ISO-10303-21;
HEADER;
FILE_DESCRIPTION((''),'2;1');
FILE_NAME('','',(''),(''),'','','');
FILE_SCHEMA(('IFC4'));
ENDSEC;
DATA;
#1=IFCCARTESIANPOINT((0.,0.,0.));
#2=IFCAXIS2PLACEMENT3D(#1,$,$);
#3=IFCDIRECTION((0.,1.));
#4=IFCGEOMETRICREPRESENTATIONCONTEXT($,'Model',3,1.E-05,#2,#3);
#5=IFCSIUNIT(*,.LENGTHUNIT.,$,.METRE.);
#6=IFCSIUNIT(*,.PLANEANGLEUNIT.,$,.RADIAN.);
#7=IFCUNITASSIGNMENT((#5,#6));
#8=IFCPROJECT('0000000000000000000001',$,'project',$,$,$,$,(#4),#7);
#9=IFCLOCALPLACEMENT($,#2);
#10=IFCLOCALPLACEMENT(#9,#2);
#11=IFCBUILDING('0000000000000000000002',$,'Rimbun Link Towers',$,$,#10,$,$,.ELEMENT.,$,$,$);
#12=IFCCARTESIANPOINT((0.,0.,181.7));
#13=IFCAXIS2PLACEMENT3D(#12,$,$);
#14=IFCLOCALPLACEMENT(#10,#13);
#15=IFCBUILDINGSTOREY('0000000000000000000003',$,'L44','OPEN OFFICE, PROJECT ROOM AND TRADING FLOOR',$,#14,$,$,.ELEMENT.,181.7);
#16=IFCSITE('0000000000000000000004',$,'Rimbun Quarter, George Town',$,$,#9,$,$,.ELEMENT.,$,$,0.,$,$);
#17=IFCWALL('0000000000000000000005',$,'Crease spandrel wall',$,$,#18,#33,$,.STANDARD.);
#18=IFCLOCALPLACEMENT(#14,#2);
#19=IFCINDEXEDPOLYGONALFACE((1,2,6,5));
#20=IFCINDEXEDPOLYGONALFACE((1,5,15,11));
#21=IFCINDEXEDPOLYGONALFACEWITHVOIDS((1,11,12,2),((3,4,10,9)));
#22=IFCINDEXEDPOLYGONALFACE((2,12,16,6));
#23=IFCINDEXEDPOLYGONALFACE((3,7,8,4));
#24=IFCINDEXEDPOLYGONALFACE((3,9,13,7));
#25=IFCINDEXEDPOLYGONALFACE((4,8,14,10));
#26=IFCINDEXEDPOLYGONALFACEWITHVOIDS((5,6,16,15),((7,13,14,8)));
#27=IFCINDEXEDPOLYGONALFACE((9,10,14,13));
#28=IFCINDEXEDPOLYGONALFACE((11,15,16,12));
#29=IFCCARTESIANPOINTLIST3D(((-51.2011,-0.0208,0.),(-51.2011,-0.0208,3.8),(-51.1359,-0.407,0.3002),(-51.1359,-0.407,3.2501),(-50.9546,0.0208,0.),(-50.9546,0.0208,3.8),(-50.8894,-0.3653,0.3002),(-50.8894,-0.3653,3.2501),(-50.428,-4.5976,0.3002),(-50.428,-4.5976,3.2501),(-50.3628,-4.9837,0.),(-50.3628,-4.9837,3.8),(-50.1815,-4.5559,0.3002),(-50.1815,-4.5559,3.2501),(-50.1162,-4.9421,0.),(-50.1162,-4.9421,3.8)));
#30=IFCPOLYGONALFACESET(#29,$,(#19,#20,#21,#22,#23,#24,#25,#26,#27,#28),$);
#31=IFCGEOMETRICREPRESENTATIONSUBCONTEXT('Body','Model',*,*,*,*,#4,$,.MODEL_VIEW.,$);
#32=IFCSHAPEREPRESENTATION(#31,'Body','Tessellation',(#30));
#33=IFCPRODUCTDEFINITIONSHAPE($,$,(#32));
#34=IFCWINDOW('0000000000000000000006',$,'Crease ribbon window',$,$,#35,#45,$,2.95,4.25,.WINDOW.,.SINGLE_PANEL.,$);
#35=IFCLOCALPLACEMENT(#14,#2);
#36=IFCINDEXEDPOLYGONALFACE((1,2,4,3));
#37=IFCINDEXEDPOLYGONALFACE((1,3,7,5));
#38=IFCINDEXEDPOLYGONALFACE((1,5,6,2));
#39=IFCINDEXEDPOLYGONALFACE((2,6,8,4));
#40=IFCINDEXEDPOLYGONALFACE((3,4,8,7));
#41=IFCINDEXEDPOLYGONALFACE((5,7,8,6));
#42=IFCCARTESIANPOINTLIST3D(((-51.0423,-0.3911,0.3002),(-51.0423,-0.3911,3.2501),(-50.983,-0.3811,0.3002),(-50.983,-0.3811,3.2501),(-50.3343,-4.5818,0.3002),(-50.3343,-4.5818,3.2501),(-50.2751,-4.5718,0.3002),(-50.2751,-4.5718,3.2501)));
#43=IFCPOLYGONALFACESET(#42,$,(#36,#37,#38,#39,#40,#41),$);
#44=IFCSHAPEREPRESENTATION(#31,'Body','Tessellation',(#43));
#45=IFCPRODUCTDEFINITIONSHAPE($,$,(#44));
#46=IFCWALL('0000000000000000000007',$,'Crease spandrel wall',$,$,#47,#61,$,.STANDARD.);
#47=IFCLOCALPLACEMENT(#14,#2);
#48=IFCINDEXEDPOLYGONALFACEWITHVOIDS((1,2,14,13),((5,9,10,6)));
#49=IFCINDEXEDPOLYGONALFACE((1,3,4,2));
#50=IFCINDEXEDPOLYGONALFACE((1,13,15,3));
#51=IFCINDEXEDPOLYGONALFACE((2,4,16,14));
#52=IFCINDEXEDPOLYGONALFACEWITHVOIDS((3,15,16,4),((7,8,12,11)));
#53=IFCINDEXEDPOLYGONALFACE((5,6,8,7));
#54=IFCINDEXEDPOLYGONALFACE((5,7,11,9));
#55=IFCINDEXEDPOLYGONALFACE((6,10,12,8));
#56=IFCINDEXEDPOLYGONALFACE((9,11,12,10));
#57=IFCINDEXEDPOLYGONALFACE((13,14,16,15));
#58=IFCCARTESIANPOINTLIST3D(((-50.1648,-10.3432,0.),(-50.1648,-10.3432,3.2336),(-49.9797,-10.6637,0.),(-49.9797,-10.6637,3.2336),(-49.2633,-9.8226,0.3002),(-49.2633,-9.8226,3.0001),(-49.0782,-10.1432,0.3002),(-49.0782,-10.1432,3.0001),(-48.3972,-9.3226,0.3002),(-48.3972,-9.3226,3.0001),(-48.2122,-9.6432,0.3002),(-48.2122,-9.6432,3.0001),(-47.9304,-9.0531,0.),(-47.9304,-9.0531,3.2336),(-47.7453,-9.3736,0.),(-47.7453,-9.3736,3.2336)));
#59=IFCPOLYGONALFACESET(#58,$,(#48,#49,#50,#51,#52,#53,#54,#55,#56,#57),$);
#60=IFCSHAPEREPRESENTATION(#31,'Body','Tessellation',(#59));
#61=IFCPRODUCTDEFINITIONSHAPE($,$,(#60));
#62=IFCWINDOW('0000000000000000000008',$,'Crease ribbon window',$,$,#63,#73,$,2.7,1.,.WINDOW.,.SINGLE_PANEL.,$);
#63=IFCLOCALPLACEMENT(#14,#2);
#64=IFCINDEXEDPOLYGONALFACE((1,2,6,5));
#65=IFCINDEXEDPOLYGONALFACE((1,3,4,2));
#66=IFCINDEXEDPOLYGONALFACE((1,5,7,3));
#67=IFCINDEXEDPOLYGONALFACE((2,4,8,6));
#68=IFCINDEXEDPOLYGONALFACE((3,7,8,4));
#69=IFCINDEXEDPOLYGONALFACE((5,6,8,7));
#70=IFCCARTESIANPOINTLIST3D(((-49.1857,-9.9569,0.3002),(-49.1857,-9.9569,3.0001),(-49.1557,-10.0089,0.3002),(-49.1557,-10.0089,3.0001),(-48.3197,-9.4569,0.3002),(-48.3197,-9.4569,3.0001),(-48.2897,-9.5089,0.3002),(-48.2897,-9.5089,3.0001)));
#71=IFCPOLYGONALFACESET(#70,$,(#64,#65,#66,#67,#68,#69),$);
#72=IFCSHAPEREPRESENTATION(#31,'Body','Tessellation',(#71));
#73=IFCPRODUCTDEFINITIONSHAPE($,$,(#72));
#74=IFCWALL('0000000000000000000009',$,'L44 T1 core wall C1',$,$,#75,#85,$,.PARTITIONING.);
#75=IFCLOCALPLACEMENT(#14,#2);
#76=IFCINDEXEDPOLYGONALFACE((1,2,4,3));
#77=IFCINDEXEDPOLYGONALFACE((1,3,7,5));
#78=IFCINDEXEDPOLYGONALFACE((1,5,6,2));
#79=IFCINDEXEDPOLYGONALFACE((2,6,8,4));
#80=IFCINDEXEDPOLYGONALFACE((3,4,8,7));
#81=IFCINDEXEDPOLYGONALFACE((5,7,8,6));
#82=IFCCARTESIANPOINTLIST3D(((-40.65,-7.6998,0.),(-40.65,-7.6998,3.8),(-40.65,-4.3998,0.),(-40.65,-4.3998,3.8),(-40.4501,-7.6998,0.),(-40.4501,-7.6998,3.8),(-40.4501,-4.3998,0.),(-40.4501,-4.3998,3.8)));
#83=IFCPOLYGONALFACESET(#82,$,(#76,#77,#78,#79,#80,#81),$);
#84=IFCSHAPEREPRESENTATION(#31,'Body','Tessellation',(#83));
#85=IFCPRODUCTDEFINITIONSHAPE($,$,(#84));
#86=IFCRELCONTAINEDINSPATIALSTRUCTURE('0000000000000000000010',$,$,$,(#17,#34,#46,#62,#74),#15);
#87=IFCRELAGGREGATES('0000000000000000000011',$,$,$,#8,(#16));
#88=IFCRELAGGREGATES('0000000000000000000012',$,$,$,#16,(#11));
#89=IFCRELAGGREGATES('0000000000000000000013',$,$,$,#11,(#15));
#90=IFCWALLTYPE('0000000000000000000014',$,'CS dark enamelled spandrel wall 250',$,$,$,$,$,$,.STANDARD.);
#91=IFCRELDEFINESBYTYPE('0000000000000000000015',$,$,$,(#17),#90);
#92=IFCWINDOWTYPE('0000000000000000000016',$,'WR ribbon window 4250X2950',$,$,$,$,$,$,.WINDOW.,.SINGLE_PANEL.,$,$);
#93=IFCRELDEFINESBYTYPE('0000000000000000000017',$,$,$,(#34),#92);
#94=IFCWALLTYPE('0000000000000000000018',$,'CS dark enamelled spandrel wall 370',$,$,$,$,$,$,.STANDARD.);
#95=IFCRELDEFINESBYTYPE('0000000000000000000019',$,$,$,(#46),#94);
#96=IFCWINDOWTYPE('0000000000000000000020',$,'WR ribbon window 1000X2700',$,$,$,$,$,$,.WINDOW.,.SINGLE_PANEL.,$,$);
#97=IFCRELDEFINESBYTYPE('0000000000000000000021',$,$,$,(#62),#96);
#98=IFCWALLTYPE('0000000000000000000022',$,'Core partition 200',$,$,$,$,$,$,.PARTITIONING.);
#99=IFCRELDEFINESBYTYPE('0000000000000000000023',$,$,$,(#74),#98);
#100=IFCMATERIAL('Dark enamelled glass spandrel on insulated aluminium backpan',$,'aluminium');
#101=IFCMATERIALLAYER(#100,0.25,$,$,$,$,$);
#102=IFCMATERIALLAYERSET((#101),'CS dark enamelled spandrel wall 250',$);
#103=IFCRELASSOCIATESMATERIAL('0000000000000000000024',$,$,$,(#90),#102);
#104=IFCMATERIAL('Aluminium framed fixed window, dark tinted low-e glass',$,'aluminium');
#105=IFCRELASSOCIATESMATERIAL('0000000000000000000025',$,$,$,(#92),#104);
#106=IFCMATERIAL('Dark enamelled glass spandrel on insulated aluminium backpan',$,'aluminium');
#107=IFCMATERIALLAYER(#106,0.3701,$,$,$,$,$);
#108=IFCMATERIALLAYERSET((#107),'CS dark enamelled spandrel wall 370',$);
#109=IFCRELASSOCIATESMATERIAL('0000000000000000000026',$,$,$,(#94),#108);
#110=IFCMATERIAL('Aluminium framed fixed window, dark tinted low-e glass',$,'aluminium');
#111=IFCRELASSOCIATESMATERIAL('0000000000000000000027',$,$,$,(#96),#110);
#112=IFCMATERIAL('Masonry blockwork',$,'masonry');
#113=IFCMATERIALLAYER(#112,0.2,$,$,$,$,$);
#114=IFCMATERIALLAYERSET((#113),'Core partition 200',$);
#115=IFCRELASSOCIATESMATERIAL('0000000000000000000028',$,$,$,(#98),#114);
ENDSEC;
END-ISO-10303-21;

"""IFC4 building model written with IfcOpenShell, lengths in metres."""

from ifc_helpers import new_model, si_unit, direction, frame, frame_2d, origin, place, context, subcontext, project, spatial, rectangle, extrude, material, layer, layer_set, type_object, element, fill, save


model = new_model("IFC4")

# Units and contexts
model_context = context("Model", 3, precision=1e-05, world=origin(), true_north=direction((0.0, 1.0)))
body_context = subcontext(model_context, "Body", "Model", "MODEL_VIEW")
ifc_project = project(units=[si_unit("LENGTHUNIT", "METRE"), si_unit("PLANEANGLEUNIT", "RADIAN")], contexts=[model_context])

# Site, building, storey
site_placement = place(None, origin())
site = spatial("IfcSite", under=ifc_project, at=site_placement, Name="Rimbun Quarter, George Town", CompositionType="ELEMENT", RefElevation=0.0)
building_placement = place(site_placement, origin())
building = spatial("IfcBuilding", under=site, at=building_placement, Name="Rimbun Link Towers", CompositionType="ELEMENT")
storey_placement = place(building_placement, frame((0.0, 0.0, 181.7)))
storey = spatial("IfcBuildingStorey", under=building, at=storey_placement, Name="L44", Description="OPEN OFFICE, PROJECT ROOM AND TRADING FLOOR", CompositionType="ELEMENT", Elevation=181.7)

# Wall, opening, window
ifc_material_1 = material(Name="Dark enamelled glass spandrel on insulated aluminium backpan", Category="aluminium")
ifc_layer_1 = layer(ifc_material_1, 0.25)
ifc_layer_set_1 = layer_set([ifc_layer_1], Name="CS dark enamelled spandrel wall 250")
wall_type_1 = type_object("IfcWallType", Name="CS dark enamelled spandrel wall 250", PredefinedType="STANDARD", material=ifc_layer_set_1)
wall_1_placement = place(storey_placement, frame((-50.2395, -4.9629, 0.0), z_axis=(0.0, 0.0, 1.0), x_axis=(-0.16657, 0.98603, 0.0)))
wall_1 = element("IfcWall", 1, at=wall_1_placement, inside=storey, type_object=wall_type_1, Name="Crease spandrel wall", PredefinedType="STANDARD", context=body_context, shape_type="SweptSolid", body=[
    extrude(rectangle(XDim=5.0332, YDim=0.25, at=frame_2d((2.5166, 0.0))), origin(), (0.0, 0.0, 1.0), 3.8),
])
opening_1_placement = place(wall_1_placement, frame((0.3916, 0.0, 0.3)))
opening_1 = element("IfcOpeningElement", 2, at=opening_1_placement, cuts=wall_1, PredefinedType="OPENING", context=body_context, shape_type="SweptSolid", body=[
    extrude(rectangle(XDim=4.25, YDim=2.95, at=frame_2d((2.125, 1.4751))), frame((0.0, 0.135, 0.0), z_axis=(0.0, -1.0, 0.0), x_axis=(1.0, 0.0, 0.0)), (0.0, 0.0, 1.0), 0.27),
])
ifc_material_2 = material(Name="Aluminium framed fixed window, dark tinted low-e glass", Category="aluminium")
window_type_1 = type_object("IfcWindowType", Name="WR ribbon window 4250X2950", PartitioningType="SINGLE_PANEL", PredefinedType="WINDOW", material=ifc_material_2)
window_1_placement = place(opening_1_placement, origin())
window_1 = element("IfcWindow", 3, at=window_1_placement, inside=storey, type_object=window_type_1, Name="Crease ribbon window", OverallHeight=2.95, OverallWidth=4.25, PartitioningType="SINGLE_PANEL", PredefinedType="WINDOW", context=body_context, shape_type="SweptSolid", body=[
    extrude(rectangle(XDim=4.25, YDim=2.95, at=frame_2d((2.125, 1.4751))), frame((0.0, 0.03, 0.0), z_axis=(0.0, -1.0, 0.0), x_axis=(1.0, 0.0, 0.0)), (0.0, 0.0, 1.0), 0.0601),
])
fill(opening_1, window_1)

# Wall, opening, window
ifc_material_3 = material(Name="Dark enamelled glass spandrel on insulated aluminium backpan", Category="aluminium")
ifc_layer_2 = layer(ifc_material_3, 0.3701)
ifc_layer_set_2 = layer_set([ifc_layer_2], Name="CS dark enamelled spandrel wall 370")
wall_type_2 = type_object("IfcWallType", Name="CS dark enamelled spandrel wall 370", PredefinedType="STANDARD", material=ifc_layer_set_2)
wall_2_placement = place(storey_placement, frame((-50.0723, -10.5034, 0.0), z_axis=(0.0, 0.0, 1.0), x_axis=(0.866022, 0.500006, 0.0)))
wall_2 = element("IfcWall", 4, at=wall_2_placement, inside=storey, type_object=wall_type_2, Name="Crease spandrel wall", PredefinedType="STANDARD", context=body_context, shape_type="SweptSolid", body=[
    extrude(rectangle(XDim=2.5801, YDim=0.3701, at=frame_2d((1.29, 0.0))), origin(), (0.0, 0.0, 1.0), 3.2336),
])
opening_2_placement = place(wall_2_placement, frame((1.041, 0.0, 0.3)))
opening_2 = element("IfcOpeningElement", 5, at=opening_2_placement, cuts=wall_2, PredefinedType="OPENING", context=body_context, shape_type="SweptSolid", body=[
    extrude(rectangle(XDim=1.0, YDim=2.7, at=frame_2d((0.5, 1.3501))), frame((0.0, 0.1951, 0.0), z_axis=(0.0, -1.0, 0.0), x_axis=(1.0, 0.0, 0.0)), (0.0, 0.0, 1.0), 0.3901),
])
ifc_material_4 = material(Name="Aluminium framed fixed window, dark tinted low-e glass", Category="aluminium")
window_type_2 = type_object("IfcWindowType", Name="WR ribbon window 1000X2700", PartitioningType="SINGLE_PANEL", PredefinedType="WINDOW", material=ifc_material_4)
window_2_placement = place(opening_2_placement, origin())
window_2 = element("IfcWindow", 6, at=window_2_placement, inside=storey, type_object=window_type_2, Name="Crease ribbon window", OverallHeight=2.7, OverallWidth=1.0, PartitioningType="SINGLE_PANEL", PredefinedType="WINDOW", context=body_context, shape_type="SweptSolid", body=[
    extrude(rectangle(XDim=1.0, YDim=2.7, at=frame_2d((0.5, 1.3501))), frame((0.0, 0.03, 0.0), z_axis=(0.0, -1.0, 0.0), x_axis=(1.0, 0.0, 0.0)), (0.0, 0.0, 1.0), 0.0601),
])
fill(opening_2, window_2)

# Wall
ifc_material_5 = material(Name="Masonry blockwork", Category="masonry")
ifc_layer_3 = layer(ifc_material_5, 0.2)
ifc_layer_set_3 = layer_set([ifc_layer_3], Name="Core partition 200")
wall_type_3 = type_object("IfcWallType", Name="Core partition 200", PredefinedType="PARTITIONING", material=ifc_layer_set_3)
wall_3_placement = place(storey_placement, frame((-40.55, -4.3999, 0.0), z_axis=(0.0, 0.0, 1.0), x_axis=(0.0, -1.0, 0.0)))
element("IfcWall", 7, at=wall_3_placement, inside=storey, type_object=wall_type_3, Name="L44 T1 core wall C1", PredefinedType="PARTITIONING", context=body_context, shape_type="SweptSolid", body=[
    extrude(rectangle(XDim=3.3, YDim=0.2, at=frame_2d((1.6499, 0.0))), origin(), (0.0, 0.0, 1.0), 3.8),
])

save(model, "model.ifc")
